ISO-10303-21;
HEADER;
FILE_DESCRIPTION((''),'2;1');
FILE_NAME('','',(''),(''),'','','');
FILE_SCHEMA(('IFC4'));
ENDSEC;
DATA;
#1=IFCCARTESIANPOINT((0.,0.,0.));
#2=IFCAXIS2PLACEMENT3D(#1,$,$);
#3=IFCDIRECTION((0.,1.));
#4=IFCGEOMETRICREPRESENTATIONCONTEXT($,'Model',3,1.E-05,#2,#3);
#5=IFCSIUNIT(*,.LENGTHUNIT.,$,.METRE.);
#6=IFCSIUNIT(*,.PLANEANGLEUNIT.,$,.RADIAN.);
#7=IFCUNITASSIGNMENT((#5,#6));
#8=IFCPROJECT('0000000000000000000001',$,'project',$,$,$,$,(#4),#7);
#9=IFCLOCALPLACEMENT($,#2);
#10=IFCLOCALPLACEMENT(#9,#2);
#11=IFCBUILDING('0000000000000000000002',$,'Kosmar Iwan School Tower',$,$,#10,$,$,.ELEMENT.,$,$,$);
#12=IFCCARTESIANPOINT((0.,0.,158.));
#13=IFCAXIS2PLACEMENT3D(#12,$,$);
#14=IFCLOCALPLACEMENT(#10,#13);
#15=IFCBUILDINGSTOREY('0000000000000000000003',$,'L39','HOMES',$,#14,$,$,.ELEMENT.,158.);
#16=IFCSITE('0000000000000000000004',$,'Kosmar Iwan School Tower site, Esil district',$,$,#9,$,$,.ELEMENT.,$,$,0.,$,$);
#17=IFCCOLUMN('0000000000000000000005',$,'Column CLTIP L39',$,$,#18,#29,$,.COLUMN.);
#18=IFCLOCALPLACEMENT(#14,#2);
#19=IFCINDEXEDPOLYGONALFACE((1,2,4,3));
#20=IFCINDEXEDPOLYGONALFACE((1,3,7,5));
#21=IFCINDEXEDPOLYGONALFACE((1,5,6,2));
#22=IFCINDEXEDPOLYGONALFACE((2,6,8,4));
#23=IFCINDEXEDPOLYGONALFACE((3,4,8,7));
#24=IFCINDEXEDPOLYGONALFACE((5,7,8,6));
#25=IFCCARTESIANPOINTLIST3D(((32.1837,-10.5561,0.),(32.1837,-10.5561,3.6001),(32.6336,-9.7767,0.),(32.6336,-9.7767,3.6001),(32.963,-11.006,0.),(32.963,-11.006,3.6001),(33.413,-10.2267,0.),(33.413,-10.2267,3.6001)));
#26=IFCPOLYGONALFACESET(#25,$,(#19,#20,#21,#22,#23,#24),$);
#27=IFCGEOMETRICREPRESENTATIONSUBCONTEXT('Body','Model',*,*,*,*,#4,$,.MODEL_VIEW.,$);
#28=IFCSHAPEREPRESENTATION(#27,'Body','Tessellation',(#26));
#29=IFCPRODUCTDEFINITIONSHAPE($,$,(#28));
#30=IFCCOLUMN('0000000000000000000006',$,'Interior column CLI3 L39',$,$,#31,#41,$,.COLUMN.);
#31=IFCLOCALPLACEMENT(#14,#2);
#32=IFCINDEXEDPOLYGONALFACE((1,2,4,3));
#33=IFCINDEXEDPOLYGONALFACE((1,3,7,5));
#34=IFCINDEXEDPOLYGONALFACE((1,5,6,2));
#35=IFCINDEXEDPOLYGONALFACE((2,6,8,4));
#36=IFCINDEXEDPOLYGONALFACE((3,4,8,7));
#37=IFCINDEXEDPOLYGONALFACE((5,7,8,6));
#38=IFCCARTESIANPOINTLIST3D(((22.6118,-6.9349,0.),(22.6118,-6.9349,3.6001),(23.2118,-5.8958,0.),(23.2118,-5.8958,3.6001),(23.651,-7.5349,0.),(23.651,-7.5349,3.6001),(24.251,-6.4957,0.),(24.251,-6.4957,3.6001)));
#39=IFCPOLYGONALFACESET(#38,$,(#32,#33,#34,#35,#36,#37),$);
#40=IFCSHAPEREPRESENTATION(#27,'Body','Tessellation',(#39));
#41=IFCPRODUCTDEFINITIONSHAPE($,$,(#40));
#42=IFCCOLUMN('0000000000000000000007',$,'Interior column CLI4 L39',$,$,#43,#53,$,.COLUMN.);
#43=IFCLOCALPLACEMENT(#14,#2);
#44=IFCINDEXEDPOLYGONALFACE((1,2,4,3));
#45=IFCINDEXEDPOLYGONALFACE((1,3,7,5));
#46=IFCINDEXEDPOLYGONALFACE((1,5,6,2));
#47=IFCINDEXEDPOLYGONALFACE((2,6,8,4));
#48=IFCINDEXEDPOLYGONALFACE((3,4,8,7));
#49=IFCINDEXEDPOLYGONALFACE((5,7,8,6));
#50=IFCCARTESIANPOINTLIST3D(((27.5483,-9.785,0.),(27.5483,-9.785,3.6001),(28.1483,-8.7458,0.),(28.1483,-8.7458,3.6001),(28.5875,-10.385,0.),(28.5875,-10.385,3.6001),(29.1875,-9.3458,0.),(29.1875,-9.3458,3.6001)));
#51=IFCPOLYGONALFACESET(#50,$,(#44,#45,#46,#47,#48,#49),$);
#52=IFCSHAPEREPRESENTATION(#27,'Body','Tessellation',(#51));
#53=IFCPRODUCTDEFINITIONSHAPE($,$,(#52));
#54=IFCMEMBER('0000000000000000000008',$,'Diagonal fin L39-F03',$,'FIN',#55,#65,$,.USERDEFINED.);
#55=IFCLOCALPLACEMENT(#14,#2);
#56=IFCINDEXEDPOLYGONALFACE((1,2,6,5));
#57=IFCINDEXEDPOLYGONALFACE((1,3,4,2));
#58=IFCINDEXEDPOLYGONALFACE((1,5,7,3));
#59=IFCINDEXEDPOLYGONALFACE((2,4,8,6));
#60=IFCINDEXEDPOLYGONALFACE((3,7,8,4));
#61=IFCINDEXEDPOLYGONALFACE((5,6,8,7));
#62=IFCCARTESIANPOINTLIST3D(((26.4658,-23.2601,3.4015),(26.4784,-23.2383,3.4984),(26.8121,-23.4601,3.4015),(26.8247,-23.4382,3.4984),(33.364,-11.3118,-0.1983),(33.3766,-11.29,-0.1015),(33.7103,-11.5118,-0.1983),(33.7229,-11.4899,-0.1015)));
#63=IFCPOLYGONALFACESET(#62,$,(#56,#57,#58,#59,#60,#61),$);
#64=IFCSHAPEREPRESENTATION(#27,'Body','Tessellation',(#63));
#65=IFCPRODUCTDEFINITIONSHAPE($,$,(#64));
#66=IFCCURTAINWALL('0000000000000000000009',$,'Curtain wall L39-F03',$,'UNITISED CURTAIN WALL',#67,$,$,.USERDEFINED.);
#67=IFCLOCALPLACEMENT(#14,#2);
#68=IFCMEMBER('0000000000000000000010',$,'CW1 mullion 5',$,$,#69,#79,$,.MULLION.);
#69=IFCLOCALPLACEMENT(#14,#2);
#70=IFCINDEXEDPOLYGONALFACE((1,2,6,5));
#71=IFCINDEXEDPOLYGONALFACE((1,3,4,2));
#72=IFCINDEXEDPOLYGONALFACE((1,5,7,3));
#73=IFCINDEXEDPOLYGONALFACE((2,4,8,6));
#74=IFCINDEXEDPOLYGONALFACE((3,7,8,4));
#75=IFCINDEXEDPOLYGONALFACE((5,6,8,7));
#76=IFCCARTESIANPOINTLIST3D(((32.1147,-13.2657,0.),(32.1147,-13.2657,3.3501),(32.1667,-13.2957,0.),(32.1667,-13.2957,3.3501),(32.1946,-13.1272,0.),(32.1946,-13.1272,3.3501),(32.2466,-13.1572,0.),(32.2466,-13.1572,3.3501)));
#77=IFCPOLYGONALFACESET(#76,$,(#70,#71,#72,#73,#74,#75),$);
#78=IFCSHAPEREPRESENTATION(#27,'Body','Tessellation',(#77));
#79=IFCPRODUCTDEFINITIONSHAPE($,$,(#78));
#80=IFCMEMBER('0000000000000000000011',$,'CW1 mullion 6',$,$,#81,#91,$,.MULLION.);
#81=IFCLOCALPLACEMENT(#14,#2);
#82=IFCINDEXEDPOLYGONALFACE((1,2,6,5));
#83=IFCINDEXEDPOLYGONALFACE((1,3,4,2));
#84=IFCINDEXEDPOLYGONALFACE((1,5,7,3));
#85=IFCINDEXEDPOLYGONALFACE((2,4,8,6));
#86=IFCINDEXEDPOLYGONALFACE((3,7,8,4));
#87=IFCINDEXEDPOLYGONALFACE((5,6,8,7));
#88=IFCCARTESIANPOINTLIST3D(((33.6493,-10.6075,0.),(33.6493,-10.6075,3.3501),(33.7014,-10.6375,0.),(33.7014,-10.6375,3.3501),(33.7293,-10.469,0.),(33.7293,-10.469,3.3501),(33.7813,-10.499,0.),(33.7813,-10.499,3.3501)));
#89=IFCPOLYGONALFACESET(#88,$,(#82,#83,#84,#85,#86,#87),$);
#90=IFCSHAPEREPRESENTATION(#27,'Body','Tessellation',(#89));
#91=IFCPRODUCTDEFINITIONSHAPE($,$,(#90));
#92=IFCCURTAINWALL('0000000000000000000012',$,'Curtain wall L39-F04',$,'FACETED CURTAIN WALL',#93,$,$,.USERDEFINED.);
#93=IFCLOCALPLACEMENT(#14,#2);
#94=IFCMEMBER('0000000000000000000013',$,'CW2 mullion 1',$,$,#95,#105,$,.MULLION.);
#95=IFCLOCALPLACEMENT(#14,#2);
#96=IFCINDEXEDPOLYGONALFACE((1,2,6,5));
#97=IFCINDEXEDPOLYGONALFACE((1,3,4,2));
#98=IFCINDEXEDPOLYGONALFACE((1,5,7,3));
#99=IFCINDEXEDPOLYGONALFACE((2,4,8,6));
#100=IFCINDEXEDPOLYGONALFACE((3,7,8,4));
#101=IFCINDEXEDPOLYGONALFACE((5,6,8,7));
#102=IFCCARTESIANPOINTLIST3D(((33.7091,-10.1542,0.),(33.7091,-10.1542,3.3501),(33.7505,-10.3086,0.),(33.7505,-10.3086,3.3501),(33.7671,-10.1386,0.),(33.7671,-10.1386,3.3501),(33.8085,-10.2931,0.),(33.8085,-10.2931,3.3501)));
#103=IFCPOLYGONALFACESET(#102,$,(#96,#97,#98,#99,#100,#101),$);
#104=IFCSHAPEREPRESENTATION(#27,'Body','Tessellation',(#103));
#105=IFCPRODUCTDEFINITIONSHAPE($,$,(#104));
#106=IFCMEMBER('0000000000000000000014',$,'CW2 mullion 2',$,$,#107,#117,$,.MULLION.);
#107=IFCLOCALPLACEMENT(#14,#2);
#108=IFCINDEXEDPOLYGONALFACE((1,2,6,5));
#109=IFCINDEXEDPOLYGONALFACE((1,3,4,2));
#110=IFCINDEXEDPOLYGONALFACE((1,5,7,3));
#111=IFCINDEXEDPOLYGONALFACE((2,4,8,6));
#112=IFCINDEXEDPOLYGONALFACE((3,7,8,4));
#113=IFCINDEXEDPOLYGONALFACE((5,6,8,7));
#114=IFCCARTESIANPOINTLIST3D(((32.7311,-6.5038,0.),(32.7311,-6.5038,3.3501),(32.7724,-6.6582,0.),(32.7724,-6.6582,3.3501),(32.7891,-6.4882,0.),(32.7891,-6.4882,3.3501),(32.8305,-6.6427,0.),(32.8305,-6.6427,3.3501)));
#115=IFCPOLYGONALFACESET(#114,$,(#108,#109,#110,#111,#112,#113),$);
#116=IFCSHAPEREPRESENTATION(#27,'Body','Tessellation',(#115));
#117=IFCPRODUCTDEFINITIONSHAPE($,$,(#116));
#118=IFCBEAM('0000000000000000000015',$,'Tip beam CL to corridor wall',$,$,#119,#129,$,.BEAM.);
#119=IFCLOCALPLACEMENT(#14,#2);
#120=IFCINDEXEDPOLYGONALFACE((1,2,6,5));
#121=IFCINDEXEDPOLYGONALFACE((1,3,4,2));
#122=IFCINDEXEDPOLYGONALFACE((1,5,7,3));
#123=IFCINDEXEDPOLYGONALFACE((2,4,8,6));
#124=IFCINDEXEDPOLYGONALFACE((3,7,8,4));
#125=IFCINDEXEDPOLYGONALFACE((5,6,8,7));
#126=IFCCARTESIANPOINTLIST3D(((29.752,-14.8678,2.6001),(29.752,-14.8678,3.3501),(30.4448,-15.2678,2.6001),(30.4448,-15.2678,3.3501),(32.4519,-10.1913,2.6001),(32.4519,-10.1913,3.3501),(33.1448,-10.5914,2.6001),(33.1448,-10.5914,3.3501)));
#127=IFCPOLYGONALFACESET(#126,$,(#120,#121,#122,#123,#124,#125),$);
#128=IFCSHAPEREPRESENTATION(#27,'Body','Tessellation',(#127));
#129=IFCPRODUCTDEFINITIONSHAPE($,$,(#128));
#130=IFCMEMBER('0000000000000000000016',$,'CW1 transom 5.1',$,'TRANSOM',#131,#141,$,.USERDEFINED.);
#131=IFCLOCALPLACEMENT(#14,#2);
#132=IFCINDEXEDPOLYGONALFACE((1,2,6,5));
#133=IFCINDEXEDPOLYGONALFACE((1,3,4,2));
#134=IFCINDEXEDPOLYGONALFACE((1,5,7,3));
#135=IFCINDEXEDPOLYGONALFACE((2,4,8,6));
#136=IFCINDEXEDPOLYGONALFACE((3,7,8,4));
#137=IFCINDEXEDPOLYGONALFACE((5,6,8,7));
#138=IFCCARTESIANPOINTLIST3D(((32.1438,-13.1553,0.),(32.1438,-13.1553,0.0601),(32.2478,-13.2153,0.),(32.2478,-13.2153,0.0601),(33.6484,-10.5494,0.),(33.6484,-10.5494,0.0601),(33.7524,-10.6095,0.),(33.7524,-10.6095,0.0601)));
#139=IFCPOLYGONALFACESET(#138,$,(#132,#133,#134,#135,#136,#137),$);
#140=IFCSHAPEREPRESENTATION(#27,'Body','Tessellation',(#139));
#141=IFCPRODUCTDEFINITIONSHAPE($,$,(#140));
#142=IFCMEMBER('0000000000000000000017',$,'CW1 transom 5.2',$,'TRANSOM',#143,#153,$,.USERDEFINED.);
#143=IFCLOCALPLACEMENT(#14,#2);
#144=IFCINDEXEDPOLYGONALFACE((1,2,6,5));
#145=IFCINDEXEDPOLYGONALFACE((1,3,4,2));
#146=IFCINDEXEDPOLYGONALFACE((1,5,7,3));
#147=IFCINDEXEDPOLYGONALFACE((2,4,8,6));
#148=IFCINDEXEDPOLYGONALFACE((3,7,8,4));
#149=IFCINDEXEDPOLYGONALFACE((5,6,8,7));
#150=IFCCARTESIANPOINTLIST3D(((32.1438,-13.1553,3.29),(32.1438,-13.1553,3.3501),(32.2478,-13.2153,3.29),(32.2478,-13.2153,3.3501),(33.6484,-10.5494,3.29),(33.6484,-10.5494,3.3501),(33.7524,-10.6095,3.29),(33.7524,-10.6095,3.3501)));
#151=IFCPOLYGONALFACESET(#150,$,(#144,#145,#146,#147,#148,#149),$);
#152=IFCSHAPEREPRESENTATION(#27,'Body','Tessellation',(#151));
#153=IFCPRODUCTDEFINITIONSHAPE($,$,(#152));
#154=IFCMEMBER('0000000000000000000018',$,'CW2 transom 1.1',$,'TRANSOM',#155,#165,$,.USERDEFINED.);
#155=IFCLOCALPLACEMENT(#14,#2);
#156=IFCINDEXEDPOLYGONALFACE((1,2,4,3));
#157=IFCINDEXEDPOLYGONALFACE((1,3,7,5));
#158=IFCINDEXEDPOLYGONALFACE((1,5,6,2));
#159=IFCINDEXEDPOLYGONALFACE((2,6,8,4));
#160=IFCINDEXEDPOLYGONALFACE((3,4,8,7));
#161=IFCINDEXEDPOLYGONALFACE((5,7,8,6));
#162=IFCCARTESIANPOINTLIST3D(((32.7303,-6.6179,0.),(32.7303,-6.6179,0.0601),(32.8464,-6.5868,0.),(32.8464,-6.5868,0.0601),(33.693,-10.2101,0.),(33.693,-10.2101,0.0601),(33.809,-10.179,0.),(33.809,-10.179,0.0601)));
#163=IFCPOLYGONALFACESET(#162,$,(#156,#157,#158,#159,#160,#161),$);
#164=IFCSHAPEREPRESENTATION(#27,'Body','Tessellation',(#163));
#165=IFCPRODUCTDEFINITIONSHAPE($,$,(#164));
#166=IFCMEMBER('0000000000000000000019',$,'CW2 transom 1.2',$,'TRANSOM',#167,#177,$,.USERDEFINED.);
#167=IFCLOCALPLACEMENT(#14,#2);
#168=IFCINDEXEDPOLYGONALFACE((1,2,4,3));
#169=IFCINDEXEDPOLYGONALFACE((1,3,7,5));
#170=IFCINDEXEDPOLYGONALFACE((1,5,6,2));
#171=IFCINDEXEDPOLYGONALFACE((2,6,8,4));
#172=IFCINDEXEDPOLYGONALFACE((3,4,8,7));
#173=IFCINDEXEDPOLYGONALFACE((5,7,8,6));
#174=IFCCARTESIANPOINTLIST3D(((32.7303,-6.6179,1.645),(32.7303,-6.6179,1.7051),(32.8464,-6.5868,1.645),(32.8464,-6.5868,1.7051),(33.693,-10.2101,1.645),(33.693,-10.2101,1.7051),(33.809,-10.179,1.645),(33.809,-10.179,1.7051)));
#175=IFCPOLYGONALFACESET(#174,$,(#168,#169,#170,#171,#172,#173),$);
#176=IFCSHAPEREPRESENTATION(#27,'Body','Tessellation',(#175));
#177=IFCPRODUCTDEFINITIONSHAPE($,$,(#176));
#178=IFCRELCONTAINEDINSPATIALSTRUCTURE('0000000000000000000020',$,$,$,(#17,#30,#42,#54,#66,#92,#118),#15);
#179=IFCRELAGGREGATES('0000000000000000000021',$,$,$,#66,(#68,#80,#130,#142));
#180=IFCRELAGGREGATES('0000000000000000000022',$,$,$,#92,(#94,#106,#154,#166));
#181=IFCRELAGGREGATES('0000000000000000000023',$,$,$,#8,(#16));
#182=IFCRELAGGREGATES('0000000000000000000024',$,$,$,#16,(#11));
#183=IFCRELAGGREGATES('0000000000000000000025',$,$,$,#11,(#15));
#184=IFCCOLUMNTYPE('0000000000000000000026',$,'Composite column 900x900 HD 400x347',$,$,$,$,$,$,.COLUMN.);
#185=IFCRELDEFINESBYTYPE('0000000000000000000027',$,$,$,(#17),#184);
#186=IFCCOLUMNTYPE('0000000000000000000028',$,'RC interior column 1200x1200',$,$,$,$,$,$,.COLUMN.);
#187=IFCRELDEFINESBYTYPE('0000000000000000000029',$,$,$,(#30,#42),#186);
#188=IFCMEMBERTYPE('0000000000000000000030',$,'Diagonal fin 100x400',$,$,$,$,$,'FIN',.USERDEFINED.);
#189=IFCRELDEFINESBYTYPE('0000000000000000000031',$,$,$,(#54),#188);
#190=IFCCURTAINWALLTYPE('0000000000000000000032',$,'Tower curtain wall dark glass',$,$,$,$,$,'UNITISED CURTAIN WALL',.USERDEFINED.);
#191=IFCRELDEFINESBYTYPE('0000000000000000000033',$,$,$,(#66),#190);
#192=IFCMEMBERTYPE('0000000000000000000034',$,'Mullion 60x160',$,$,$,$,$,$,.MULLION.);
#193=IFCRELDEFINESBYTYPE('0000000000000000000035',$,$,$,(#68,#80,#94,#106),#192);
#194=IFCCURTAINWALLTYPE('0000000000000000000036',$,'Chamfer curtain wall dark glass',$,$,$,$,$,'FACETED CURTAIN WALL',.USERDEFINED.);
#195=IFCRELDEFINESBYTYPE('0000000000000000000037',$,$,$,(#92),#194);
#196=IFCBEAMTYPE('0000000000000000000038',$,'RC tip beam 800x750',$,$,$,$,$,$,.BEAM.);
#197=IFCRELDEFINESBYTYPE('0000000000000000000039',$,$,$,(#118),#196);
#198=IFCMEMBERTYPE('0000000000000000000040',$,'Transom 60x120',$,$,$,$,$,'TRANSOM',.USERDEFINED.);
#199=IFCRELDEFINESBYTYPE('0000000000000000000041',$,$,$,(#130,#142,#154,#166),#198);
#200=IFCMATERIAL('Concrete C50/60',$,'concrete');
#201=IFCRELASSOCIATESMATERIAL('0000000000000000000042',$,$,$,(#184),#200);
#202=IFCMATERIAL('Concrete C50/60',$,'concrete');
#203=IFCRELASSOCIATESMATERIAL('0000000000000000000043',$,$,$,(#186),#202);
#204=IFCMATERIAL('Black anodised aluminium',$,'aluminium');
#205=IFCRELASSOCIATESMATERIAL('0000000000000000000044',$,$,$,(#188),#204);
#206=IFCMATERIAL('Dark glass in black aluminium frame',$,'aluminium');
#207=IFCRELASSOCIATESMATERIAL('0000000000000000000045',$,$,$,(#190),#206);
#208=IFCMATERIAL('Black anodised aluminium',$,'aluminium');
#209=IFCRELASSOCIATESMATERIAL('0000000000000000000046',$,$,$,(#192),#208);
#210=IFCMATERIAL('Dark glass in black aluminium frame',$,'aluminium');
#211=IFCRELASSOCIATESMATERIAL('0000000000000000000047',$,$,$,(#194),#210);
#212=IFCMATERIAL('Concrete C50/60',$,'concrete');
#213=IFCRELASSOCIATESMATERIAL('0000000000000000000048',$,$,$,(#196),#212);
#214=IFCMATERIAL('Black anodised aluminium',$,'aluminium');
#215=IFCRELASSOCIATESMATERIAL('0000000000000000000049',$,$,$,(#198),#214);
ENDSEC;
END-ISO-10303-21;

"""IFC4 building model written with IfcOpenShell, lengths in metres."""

from ifc_helpers import new_model, si_unit, direction, frame, origin, origin_2d, place, context, subcontext, project, spatial, rectangle, extrude, material, material_profile, profile_set, type_object, element, aggregate, save


model = new_model("IFC4")

# Units and contexts
model_context = context("Model", 3, precision=1e-05, world=origin(), true_north=direction((0.0, 1.0)))
body_context = subcontext(model_context, "Body", "Model", "MODEL_VIEW")
ifc_project = project(units=[si_unit("LENGTHUNIT", "METRE"), si_unit("PLANEANGLEUNIT", "RADIAN")], contexts=[model_context])

# Site, building, storey
site_placement = place(None, origin())
site = spatial("IfcSite", under=ifc_project, at=site_placement, Name="Kosmar Iwan School Tower site, Esil district", CompositionType="ELEMENT", RefElevation=0.0)
building_placement = place(site_placement, origin())
building = spatial("IfcBuilding", under=site, at=building_placement, Name="Kosmar Iwan School Tower", CompositionType="ELEMENT")
storey_placement = place(building_placement, frame((0.0, 0.0, 158.0)))
storey = spatial("IfcBuildingStorey", under=building, at=storey_placement, Name="L39", Description="HOMES", CompositionType="ELEMENT", Elevation=158.0)

# Columns
ifc_material_1 = material(Name="Concrete C50/60", Category="concrete")
ifc_material_profile_1 = material_profile(ifc_material_1, rectangle(XDim=0.8999, YDim=0.8999, at=origin_2d()), Name="RC 900x900 + HD 400x347")
ifc_profile_set_1 = profile_set([ifc_material_profile_1], Name="Concrete C50/60")
column_type_1 = type_object("IfcColumnType", Name="Composite column 900x900 HD 400x347", PredefinedType="COLUMN", material=ifc_profile_set_1)
column_placement = place(storey_placement, frame((32.7983, -10.3914, 0.0), z_axis=(0.0, 0.0, 1.0), x_axis=(0.866025, -0.5, 0.0)))
element("IfcColumn", 1, at=column_placement, inside=storey, type_object=column_type_1, Name="Column CLTIP L39", PredefinedType="COLUMN", context=body_context, shape_type="SweptSolid", body=[
    extrude(rectangle(XDim=0.8999, YDim=0.8999, at=origin_2d()), origin(), (0.0, 0.0, 1.0), 3.6001),
])
ifc_material_2 = material(Name="Concrete C50/60", Category="concrete")
ifc_material_profile_2 = material_profile(ifc_material_2, rectangle(XDim=1.2, YDim=1.2, at=origin_2d()), Name="RC 1200x1200")
ifc_profile_set_2 = profile_set([ifc_material_profile_2], Name="Concrete C50/60")
column_type_2 = type_object("IfcColumnType", Name="RC interior column 1200x1200", PredefinedType="COLUMN", material=ifc_profile_set_2)
for number, where, z_axis, x_axis, name in (
    (2, (23.4314, -6.7153, 0.0), (0.0, 0.0, 1.0), (0.866025, -0.5, 0.0), "Interior column CLI3 L39"),
    (3, (28.3679, -9.5654, 0.0), (0.0, 0.0, 1.0), (0.866025, -0.5, 0.0), "Interior column CLI4 L39"),
):
    element("IfcColumn", number, at=place(storey_placement, frame(where, z_axis=z_axis, x_axis=x_axis)), inside=storey, type_object=column_type_2, Name=name, PredefinedType="COLUMN", context=body_context, shape_type="SweptSolid", body=[
        extrude(rectangle(XDim=1.2, YDim=1.2, at=origin_2d()), origin(), (0.0, 0.0, 1.0), 3.6001),
    ])

# Member
ifc_material_3 = material(Name="Black anodised aluminium", Category="aluminium")
ifc_material_profile_3 = material_profile(ifc_material_3, rectangle(XDim=0.1001, YDim=0.3999, at=origin_2d()), Name="FIN 100x400")
ifc_profile_set_3 = profile_set([ifc_material_profile_3], Name="Black anodised aluminium")
member_type_1 = type_object("IfcMemberType", Name="Diagonal fin 100x400", ElementType="FIN", PredefinedType="USERDEFINED", material=ifc_profile_set_3)
member_1_placement = place(storey_placement, frame((33.5435, -11.4009, -0.1499), z_axis=(-0.483796, -0.837974, 0.252471), x_axis=(0.126234, 0.218647, 0.967604)))
element("IfcMember", 4, at=member_1_placement, inside=storey, type_object=member_type_1, Name="Diagonal fin L39-F03", ObjectType="FIN", PredefinedType="USERDEFINED", context=body_context, shape_type="SweptSolid", body=[
    extrude(rectangle(XDim=0.1001, YDim=0.3999, at=origin_2d()), origin(), (0.0, 0.0, 1.0), 14.2585),
])

# Curtain walls, members
ifc_material_4 = material(Name="Dark glass in black aluminium frame", Category="aluminium")
curtain_wall_type_1 = type_object("IfcCurtainWallType", Name="Tower curtain wall dark glass", ElementType="UNITISED CURTAIN WALL", PredefinedType="USERDEFINED", material=ifc_material_4)
curtain_wall_1_placement = place(storey_placement, origin())
curtain_wall_1 = element("IfcCurtainWall", 5, at=curtain_wall_1_placement, inside=storey, type_object=curtain_wall_type_1, Name="Curtain wall L39-F03", ObjectType="UNITISED CURTAIN WALL", PredefinedType="USERDEFINED")
ifc_material_5 = material(Name="Black anodised aluminium", Category="aluminium")
ifc_material_profile_4 = material_profile(ifc_material_5, rectangle(XDim=0.0601, YDim=0.1599, at=origin_2d()), Name="MULLION 60x160")
ifc_profile_set_4 = profile_set([ifc_material_profile_4], Name="Black anodised aluminium")
member_type_2 = type_object("IfcMemberType", Name="Mullion 60x160", PredefinedType="MULLION", material=ifc_profile_set_4)
member_2_placement = place(storey_placement, frame((32.1807, -13.2114, 0.0), z_axis=(0.0, 0.0, 1.0), x_axis=(-0.866025, 0.5, 0.0)))
member_2 = element("IfcMember", 6, at=member_2_placement, type_object=member_type_2, Name="CW1 mullion 5", PredefinedType="MULLION", context=body_context, shape_type="SweptSolid", body=[
    extrude(rectangle(XDim=0.0601, YDim=0.1599, at=origin_2d()), origin(), (0.0, 0.0, 1.0), 3.3501),
])
member_3_placement = place(storey_placement, frame((33.7153, -10.5532, 0.0), z_axis=(0.0, 0.0, 1.0), x_axis=(-0.866025, 0.5, 0.0)))
member_3 = element("IfcMember", 7, at=member_3_placement, type_object=member_type_2, Name="CW1 mullion 6", PredefinedType="MULLION", context=body_context, shape_type="SweptSolid", body=[
    extrude(rectangle(XDim=0.0601, YDim=0.1599, at=origin_2d()), origin(), (0.0, 0.0, 1.0), 3.3501),
])
ifc_material_6 = material(Name="Dark glass in black aluminium frame", Category="aluminium")
curtain_wall_type_2 = type_object("IfcCurtainWallType", Name="Chamfer curtain wall dark glass", ElementType="FACETED CURTAIN WALL", PredefinedType="USERDEFINED", material=ifc_material_6)
curtain_wall_2_placement = place(storey_placement, origin())
curtain_wall_2 = element("IfcCurtainWall", 8, at=curtain_wall_2_placement, inside=storey, type_object=curtain_wall_type_2, Name="Curtain wall L39-F04", ObjectType="FACETED CURTAIN WALL", PredefinedType="USERDEFINED")
member_4_placement = place(storey_placement, frame((33.7588, -10.2236, 0.0), z_axis=(0.0, 0.0, 1.0), x_axis=(-0.965926, -0.258819, 0.0)))
member_4 = element("IfcMember", 9, at=member_4_placement, type_object=member_type_2, Name="CW2 mullion 1", PredefinedType="MULLION", context=body_context, shape_type="SweptSolid", body=[
    extrude(rectangle(XDim=0.0601, YDim=0.1599, at=origin_2d()), origin(), (0.0, 0.0, 1.0), 3.3501),
])
member_5_placement = place(storey_placement, frame((32.7808, -6.5732, 0.0), z_axis=(0.0, 0.0, 1.0), x_axis=(-0.965926, -0.258819, 0.0)))
member_5 = element("IfcMember", 10, at=member_5_placement, type_object=member_type_2, Name="CW2 mullion 2", PredefinedType="MULLION", context=body_context, shape_type="SweptSolid", body=[
    extrude(rectangle(XDim=0.0601, YDim=0.1599, at=origin_2d()), origin(), (0.0, 0.0, 1.0), 3.3501),
])

# Beam
ifc_material_7 = material(Name="Concrete C50/60", Category="concrete")
ifc_material_profile_5 = material_profile(ifc_material_7, rectangle(XDim=0.8, YDim=0.75, at=origin_2d()), Name="RC 800x750")
ifc_profile_set_5 = profile_set([ifc_material_profile_5], Name="Concrete C50/60")
beam_type = type_object("IfcBeamType", Name="RC tip beam 800x750", PredefinedType="BEAM", material=ifc_profile_set_5)
beam_placement = place(storey_placement, frame((32.7983, -10.3914, 2.9751), z_axis=(-0.499995, -0.866028, 0.0), x_axis=(0.866028, -0.499995, 0.0)))
element("IfcBeam", 11, at=beam_placement, inside=storey, type_object=beam_type, Name="Tip beam CL to corridor wall", PredefinedType="BEAM", context=body_context, shape_type="SweptSolid", body=[
    extrude(rectangle(XDim=0.8, YDim=0.75, at=origin_2d()), origin(), (0.0, 0.0, 1.0), 5.3999),
])

# Members
ifc_material_8 = material(Name="Black anodised aluminium", Category="aluminium")
ifc_material_profile_6 = material_profile(ifc_material_8, rectangle(XDim=0.1201, YDim=0.0601, at=origin_2d()), Name="TRANSOM 60x120")
ifc_profile_set_6 = profile_set([ifc_material_profile_6], Name="Black anodised aluminium")
member_type_3 = type_object("IfcMemberType", Name="Transom 60x120", ElementType="TRANSOM", PredefinedType="USERDEFINED", material=ifc_profile_set_6)
member_6_placement = place(storey_placement, frame((32.1958, -13.1853, 0.03), z_axis=(0.500022, 0.866013, 0.0), x_axis=(-0.866013, 0.500022, 0.0)))
member_6 = element("IfcMember", 12, at=member_6_placement, type_object=member_type_3, Name="CW1 transom 5.1", ObjectType="TRANSOM", PredefinedType="USERDEFINED", context=body_context, shape_type="SweptSolid", body=[
    extrude(rectangle(XDim=0.1201, YDim=0.0601, at=origin_2d()), origin(), (0.0, 0.0, 1.0), 3.009),
])
member_7_placement = place(storey_placement, frame((32.1958, -13.1853, 3.3201), z_axis=(0.500022, 0.866013, 0.0), x_axis=(-0.866013, 0.500022, 0.0)))
member_7 = element("IfcMember", 13, at=member_7_placement, type_object=member_type_3, Name="CW1 transom 5.2", ObjectType="TRANSOM", PredefinedType="USERDEFINED", context=body_context, shape_type="SweptSolid", body=[
    extrude(rectangle(XDim=0.1201, YDim=0.0601, at=origin_2d()), origin(), (0.0, 0.0, 1.0), 3.009),
])
member_8_placement = place(storey_placement, frame((33.751, -10.1946, 0.03), z_axis=(-0.258843, 0.965919, 0.0), x_axis=(-0.965919, -0.258843, 0.0)))
member_8 = element("IfcMember", 14, at=member_8_placement, type_object=member_type_3, Name="CW2 transom 1.1", ObjectType="TRANSOM", PredefinedType="USERDEFINED", context=body_context, shape_type="SweptSolid", body=[
    extrude(rectangle(XDim=0.1201, YDim=0.0601, at=origin_2d()), origin(), (0.0, 0.0, 1.0), 3.719),
])
member_9_placement = place(storey_placement, frame((33.751, -10.1946, 1.675), z_axis=(-0.258843, 0.965919, 0.0), x_axis=(-0.965919, -0.258843, 0.0)))
member_9 = element("IfcMember", 15, at=member_9_placement, type_object=member_type_3, Name="CW2 transom 1.2", ObjectType="TRANSOM", PredefinedType="USERDEFINED", context=body_context, shape_type="SweptSolid", body=[
    extrude(rectangle(XDim=0.1201, YDim=0.0601, at=origin_2d()), origin(), (0.0, 0.0, 1.0), 3.719),
])

aggregate(curtain_wall_1, [member_2, member_3, member_6, member_7])
aggregate(curtain_wall_2, [member_4, member_5, member_8, member_9])

save(model, "model.ifc")
